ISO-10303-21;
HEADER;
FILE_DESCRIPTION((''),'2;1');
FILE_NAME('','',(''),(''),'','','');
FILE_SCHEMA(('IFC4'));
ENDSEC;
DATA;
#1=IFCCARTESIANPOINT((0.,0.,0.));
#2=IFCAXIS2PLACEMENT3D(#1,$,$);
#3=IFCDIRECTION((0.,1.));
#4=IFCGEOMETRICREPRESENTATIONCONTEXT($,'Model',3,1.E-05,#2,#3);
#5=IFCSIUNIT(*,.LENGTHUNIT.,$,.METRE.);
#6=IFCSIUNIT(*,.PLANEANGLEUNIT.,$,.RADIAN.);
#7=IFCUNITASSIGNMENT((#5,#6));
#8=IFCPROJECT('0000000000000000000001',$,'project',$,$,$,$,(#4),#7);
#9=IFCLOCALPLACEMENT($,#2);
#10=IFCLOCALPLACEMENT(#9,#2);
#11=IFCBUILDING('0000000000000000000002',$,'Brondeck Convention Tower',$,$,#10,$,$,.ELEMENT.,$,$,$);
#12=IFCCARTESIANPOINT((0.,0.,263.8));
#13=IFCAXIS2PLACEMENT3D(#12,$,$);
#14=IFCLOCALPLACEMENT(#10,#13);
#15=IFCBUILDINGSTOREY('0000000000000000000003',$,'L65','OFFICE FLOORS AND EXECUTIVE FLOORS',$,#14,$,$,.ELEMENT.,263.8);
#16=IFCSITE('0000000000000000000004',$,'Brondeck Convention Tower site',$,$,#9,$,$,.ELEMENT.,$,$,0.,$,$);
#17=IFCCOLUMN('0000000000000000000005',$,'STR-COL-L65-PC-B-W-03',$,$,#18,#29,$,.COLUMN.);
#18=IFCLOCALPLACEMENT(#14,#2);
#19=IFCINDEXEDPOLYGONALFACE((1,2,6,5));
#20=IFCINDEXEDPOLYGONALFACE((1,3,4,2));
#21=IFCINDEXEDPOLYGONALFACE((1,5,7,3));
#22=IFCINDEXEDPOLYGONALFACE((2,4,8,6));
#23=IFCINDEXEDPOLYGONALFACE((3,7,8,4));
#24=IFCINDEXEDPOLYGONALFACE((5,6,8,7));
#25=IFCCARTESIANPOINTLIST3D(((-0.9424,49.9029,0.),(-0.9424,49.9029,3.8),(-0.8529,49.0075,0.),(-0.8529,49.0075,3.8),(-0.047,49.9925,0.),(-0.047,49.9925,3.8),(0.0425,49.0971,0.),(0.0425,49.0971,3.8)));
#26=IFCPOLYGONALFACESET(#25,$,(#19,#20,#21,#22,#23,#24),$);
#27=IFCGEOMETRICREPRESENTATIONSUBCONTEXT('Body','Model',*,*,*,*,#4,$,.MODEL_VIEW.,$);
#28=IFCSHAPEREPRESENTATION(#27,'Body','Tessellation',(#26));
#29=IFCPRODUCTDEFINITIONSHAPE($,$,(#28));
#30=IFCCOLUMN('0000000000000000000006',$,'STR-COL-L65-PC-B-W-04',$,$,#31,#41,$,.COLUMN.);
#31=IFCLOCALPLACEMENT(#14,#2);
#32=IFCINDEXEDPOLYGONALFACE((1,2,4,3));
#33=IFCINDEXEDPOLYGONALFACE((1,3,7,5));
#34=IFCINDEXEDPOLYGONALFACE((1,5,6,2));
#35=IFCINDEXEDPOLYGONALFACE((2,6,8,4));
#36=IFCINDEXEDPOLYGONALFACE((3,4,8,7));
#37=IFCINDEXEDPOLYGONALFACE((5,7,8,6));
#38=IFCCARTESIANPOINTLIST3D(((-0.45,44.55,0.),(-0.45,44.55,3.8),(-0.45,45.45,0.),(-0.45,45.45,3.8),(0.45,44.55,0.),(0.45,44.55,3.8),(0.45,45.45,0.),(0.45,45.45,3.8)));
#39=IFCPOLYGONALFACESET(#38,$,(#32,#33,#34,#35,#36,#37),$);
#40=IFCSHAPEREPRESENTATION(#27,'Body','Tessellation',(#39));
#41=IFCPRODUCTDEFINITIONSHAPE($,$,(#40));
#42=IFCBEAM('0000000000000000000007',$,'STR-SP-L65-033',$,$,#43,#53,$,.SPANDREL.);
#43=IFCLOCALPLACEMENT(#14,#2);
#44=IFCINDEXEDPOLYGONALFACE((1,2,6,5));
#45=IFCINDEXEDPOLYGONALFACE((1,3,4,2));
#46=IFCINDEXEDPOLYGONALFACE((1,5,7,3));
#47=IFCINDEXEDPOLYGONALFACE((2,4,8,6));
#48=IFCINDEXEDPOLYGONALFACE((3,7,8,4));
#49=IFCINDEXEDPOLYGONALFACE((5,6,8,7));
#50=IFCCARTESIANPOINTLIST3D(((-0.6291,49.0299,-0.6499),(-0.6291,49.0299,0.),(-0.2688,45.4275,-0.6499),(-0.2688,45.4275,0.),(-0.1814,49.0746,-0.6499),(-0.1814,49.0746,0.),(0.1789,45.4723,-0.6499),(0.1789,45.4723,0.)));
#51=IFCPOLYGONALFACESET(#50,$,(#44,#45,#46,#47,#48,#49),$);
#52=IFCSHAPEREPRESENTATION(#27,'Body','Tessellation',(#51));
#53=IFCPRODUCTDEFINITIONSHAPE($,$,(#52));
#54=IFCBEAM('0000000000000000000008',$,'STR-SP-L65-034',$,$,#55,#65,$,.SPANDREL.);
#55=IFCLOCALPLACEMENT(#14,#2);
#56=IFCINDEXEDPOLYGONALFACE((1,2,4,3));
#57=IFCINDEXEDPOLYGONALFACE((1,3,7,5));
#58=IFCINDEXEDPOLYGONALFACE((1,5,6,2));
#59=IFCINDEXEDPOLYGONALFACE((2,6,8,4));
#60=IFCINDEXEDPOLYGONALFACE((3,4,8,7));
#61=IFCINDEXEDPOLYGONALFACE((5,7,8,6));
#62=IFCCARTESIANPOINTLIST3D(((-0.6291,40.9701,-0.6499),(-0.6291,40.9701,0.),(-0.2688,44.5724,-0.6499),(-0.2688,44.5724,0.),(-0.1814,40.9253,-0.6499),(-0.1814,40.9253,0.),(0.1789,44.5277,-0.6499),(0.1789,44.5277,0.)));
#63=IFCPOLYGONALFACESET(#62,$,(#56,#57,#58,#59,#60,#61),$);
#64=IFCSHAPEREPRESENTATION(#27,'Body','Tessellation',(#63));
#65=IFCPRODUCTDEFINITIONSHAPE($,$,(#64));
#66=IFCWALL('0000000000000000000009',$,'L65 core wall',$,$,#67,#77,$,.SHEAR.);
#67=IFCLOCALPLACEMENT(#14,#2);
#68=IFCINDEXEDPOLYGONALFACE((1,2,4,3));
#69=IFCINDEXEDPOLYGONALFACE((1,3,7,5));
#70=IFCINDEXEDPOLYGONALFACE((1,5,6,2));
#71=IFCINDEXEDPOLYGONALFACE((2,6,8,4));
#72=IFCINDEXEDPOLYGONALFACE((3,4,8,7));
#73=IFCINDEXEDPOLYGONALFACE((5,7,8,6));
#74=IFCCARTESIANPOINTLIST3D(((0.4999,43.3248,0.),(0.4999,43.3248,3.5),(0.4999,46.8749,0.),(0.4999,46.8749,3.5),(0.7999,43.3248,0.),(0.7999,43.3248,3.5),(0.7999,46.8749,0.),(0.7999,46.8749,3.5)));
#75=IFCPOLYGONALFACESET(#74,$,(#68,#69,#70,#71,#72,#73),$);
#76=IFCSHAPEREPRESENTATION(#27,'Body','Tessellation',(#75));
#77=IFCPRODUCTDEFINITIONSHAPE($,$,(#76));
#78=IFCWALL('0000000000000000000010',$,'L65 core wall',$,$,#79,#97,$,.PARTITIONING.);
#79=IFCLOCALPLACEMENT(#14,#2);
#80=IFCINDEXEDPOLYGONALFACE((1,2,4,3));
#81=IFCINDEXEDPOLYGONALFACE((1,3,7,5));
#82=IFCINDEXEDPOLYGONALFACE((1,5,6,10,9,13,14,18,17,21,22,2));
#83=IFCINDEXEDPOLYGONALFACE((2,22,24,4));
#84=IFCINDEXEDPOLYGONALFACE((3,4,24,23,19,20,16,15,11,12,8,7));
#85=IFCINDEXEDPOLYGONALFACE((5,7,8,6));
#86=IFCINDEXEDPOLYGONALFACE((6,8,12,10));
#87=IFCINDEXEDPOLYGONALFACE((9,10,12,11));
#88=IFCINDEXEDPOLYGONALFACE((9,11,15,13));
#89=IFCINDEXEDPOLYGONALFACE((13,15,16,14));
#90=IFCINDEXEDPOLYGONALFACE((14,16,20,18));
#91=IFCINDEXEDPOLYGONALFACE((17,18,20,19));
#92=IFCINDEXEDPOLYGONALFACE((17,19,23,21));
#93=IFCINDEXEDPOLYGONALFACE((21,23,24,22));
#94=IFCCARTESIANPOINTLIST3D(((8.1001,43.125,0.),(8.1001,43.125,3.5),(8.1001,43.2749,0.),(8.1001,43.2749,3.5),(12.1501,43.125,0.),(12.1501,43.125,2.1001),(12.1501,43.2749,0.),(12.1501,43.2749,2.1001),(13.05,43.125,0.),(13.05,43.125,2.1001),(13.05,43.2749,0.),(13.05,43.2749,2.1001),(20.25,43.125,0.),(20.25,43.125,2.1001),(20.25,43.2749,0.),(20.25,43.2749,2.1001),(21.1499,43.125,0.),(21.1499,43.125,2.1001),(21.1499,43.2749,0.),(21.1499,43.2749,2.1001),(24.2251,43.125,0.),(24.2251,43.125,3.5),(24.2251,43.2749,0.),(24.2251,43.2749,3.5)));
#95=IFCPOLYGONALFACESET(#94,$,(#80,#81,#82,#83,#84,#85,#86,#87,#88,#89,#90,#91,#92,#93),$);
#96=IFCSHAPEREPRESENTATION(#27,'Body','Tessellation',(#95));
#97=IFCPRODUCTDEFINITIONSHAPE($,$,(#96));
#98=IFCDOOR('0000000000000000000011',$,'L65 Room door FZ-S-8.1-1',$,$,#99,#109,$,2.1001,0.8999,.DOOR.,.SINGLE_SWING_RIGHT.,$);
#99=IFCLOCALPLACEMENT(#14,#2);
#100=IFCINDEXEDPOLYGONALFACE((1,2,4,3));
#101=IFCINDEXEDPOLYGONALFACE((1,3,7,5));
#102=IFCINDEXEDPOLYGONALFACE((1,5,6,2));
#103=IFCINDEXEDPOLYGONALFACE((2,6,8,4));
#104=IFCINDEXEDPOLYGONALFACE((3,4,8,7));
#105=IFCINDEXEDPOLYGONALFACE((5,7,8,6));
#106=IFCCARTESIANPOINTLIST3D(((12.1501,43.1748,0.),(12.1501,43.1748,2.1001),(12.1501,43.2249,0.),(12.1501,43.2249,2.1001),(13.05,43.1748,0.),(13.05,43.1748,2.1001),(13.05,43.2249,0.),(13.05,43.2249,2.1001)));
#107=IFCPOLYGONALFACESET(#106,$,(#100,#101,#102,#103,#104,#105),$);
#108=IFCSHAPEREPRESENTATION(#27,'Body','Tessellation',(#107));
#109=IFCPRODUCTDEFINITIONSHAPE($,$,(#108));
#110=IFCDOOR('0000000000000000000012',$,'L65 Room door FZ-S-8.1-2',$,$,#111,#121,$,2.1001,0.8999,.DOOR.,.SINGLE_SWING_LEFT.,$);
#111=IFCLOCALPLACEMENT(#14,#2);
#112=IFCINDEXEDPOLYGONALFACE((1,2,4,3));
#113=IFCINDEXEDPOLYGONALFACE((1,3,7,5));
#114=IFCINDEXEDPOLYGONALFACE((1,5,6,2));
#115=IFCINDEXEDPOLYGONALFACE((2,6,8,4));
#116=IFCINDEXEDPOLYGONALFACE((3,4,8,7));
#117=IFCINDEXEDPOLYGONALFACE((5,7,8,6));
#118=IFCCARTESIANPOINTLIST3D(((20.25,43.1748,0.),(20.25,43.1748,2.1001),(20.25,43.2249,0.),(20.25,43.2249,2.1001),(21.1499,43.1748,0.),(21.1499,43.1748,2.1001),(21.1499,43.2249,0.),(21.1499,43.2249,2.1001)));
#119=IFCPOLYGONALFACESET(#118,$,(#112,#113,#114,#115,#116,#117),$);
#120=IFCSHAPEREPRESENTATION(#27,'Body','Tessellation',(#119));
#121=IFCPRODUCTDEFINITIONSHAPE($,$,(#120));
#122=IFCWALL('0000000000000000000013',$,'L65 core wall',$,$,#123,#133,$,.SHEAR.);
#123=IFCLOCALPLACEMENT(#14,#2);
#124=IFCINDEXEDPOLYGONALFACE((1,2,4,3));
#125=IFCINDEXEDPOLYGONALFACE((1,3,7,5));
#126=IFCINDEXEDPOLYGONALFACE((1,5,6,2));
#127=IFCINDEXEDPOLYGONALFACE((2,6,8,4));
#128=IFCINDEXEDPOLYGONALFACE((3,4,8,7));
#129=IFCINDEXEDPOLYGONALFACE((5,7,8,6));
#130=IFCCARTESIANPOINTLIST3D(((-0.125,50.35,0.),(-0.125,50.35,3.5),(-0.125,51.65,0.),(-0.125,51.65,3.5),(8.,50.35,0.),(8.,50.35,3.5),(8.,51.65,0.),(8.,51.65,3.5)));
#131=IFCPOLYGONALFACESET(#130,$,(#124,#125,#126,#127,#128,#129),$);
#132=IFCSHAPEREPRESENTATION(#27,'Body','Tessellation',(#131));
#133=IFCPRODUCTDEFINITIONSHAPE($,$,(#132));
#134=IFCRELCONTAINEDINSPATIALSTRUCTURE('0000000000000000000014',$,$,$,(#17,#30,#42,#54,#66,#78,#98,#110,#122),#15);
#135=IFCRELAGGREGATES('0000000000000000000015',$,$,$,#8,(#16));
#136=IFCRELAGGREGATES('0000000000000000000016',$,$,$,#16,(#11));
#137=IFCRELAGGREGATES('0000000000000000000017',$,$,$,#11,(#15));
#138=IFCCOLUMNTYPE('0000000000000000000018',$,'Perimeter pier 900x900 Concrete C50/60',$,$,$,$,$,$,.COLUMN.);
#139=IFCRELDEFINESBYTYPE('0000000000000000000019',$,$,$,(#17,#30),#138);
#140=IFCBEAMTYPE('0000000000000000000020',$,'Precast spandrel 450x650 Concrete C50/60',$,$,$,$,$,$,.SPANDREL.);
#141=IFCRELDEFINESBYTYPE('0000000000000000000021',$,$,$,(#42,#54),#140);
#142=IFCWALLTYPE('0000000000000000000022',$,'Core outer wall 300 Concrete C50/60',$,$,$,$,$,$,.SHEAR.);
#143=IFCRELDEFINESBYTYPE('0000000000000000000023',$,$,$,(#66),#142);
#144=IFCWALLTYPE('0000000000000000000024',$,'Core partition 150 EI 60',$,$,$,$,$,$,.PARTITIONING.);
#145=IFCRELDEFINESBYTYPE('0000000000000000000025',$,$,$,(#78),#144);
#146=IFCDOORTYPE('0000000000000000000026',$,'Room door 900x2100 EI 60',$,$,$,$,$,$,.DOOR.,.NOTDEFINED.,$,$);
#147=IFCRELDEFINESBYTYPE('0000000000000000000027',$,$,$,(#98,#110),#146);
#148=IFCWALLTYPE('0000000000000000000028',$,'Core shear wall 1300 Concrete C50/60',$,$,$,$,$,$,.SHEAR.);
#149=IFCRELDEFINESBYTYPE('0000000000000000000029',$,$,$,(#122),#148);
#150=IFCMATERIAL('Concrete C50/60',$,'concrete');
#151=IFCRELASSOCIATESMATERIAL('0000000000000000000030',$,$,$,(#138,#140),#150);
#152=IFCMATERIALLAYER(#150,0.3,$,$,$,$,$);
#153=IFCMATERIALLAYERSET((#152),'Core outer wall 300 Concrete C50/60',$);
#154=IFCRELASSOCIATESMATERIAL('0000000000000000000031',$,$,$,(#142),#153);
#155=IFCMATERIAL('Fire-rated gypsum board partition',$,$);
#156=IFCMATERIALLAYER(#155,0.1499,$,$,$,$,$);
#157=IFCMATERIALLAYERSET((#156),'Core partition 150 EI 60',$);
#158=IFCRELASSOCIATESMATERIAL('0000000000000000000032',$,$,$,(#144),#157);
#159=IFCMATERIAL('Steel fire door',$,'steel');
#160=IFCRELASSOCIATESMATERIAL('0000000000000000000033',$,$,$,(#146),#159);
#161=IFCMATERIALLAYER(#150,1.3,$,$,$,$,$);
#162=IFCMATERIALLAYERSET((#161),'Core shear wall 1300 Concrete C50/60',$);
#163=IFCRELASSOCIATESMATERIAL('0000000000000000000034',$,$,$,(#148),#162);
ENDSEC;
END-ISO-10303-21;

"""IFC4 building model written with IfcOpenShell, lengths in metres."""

from ifc_helpers import new_model, si_unit, direction, frame, frame_2d, origin, origin_2d, place, context, subcontext, project, spatial, rectangle, extrude, material, layer, layer_set, material_profile, profile_set, type_object, element, fill, save


model = new_model("IFC4")

# Units and contexts
model_context = context("Model", 3, precision=1e-05, world=origin(), true_north=direction((0.0, 1.0)))
body_context = subcontext(model_context, "Body", "Model", "MODEL_VIEW")
ifc_project = project(units=[si_unit("LENGTHUNIT", "METRE"), si_unit("PLANEANGLEUNIT", "RADIAN")], contexts=[model_context])

# Site, building, storey
site_placement = place(None, origin())
site = spatial("IfcSite", under=ifc_project, at=site_placement, Name="Brondeck Convention Tower site", CompositionType="ELEMENT", RefElevation=0.0)
building_placement = place(site_placement, origin())
building = spatial("IfcBuilding", under=site, at=building_placement, Name="Brondeck Convention Tower", CompositionType="ELEMENT")
storey_placement = place(building_placement, frame((0.0, 0.0, 263.8)))
storey = spatial("IfcBuildingStorey", under=building, at=storey_placement, Name="L65", Description="OFFICE FLOORS AND EXECUTIVE FLOORS", CompositionType="ELEMENT", Elevation=263.8)

# Columns
ifc_material_1 = material(Name="Concrete C50/60", Category="concrete")
ifc_material_profile_1 = material_profile(ifc_material_1, rectangle(XDim=0.8999, YDim=0.8999, at=origin_2d()), Name="Perimeter pier 900x900 Concrete C50/60")
ifc_profile_set_1 = profile_set([ifc_material_profile_1], Name="Concrete C50/60")
column_type = type_object("IfcColumnType", Name="Perimeter pier 900x900 Concrete C50/60", PredefinedType="COLUMN", material=ifc_profile_set_1)
for number, where, z_axis, x_axis, name in (
    (1, (-0.45, 49.5, 0.0), (0.0, 0.0, 1.0), (0.099504, -0.995037, 0.0), "STR-COL-L65-PC-B-W-03"),
    (2, (0.0, 45.0, 0.0), (0.0, 0.0, 1.0), (0.0, -1.0, 0.0), "STR-COL-L65-PC-B-W-04"),
):
    element("IfcColumn", number, at=place(storey_placement, frame(where, z_axis=z_axis, x_axis=x_axis)), inside=storey, type_object=column_type, Name=name, PredefinedType="COLUMN", context=body_context, shape_type="SweptSolid", body=[
        extrude(rectangle(XDim=0.8999, YDim=0.8999, at=origin_2d()), origin(), (0.0, 0.0, 1.0), 3.8),
    ])

# Beams
ifc_material_profile_2 = material_profile(ifc_material_1, rectangle(XDim=0.45, YDim=0.6499, at=origin_2d()), Name="Precast spandrel 450x650 Concrete C50/60")
ifc_profile_set_2 = profile_set([ifc_material_profile_2], Name="Concrete C50/60")
beam_type = type_object("IfcBeamType", Name="Precast spandrel 450x650 Concrete C50/60", PredefinedType="SPANDREL", material=ifc_profile_set_2)
for number, where, z_axis, x_axis, name in (
    (3, (-0.4053, 49.0522, -0.325), (0.099537, -0.995034, 0.0), (0.995034, 0.099537, 0.0), "STR-SP-L65-033"),
    (4, (-0.0449, 44.55, -0.325), (-0.099537, -0.995034, 0.0), (0.995034, -0.099537, 0.0), "STR-SP-L65-034"),
):
    element("IfcBeam", number, at=place(storey_placement, frame(where, z_axis=z_axis, x_axis=x_axis)), inside=storey, type_object=beam_type, Name=name, PredefinedType="SPANDREL", context=body_context, shape_type="SweptSolid", body=[
        extrude(rectangle(XDim=0.45, YDim=0.6499, at=origin_2d()), origin(), (0.0, 0.0, 1.0), 3.6204),
    ])

# Wall
ifc_layer_1 = layer(ifc_material_1, 0.3)
ifc_layer_set_1 = layer_set([ifc_layer_1], Name="Core outer wall 300 Concrete C50/60")
wall_type_1 = type_object("IfcWallType", Name="Core outer wall 300 Concrete C50/60", PredefinedType="SHEAR", material=ifc_layer_set_1)
wall_1_placement = place(storey_placement, frame((0.6499, 43.325, 0.0), z_axis=(0.0, 0.0, 1.0), x_axis=(0.0, 1.0, 0.0)))
element("IfcWall", 5, at=wall_1_placement, inside=storey, type_object=wall_type_1, Name="L65 core wall", PredefinedType="SHEAR", context=body_context, shape_type="SweptSolid", body=[
    extrude(rectangle(XDim=3.55, YDim=0.3, at=frame_2d((1.7749, 0.0))), origin(), (0.0, 0.0, 1.0), 3.5),
])

# Wall, openings, doors
ifc_material_2 = material(Name="Fire-rated gypsum board partition")
ifc_layer_2 = layer(ifc_material_2, 0.1499)
ifc_layer_set_2 = layer_set([ifc_layer_2], Name="Core partition 150 EI 60")
wall_type_2 = type_object("IfcWallType", Name="Core partition 150 EI 60", PredefinedType="PARTITIONING", material=ifc_layer_set_2)
wall_2_placement = place(storey_placement, frame((8.1001, 43.2, 0.0), z_axis=(0.0, 0.0, 1.0), x_axis=(1.0, 0.0, 0.0)))
wall_2 = element("IfcWall", 6, at=wall_2_placement, inside=storey, type_object=wall_type_2, Name="L65 core wall", PredefinedType="PARTITIONING", context=body_context, shape_type="SweptSolid", body=[
    extrude(rectangle(XDim=16.125, YDim=0.1499, at=frame_2d((8.0625, 0.0))), origin(), (0.0, 0.0, 1.0), 3.5),
])
opening_1_placement = place(wall_2_placement, frame((4.05, 0.0, 0.0)))
opening_1 = element("IfcOpeningElement", 7, at=opening_1_placement, cuts=wall_2, PredefinedType="OPENING", context=body_context, shape_type="SweptSolid", body=[
    extrude(rectangle(XDim=0.8999, YDim=2.1001, at=frame_2d((0.45, 1.05))), frame((0.0, 0.085, 0.0), z_axis=(0.0, -1.0, 0.0), x_axis=(1.0, 0.0, 0.0)), (0.0, 0.0, 1.0), 0.1699),
])
opening_2_placement = place(wall_2_placement, frame((12.1499, 0.0, 0.0)))
opening_2 = element("IfcOpeningElement", 8, at=opening_2_placement, cuts=wall_2, PredefinedType="OPENING", context=body_context, shape_type="SweptSolid", body=[
    extrude(rectangle(XDim=0.8999, YDim=2.1001, at=frame_2d((0.45, 1.05))), frame((0.0, 0.085, 0.0), z_axis=(0.0, -1.0, 0.0), x_axis=(1.0, 0.0, 0.0)), (0.0, 0.0, 1.0), 0.1699),
])
ifc_material_3 = material(Name="Steel fire door", Category="steel")
door_type_1 = type_object("IfcDoorType", Name="Room door 900x2100 EI 60", OperationType="NOTDEFINED", PredefinedType="DOOR", material=ifc_material_3)
door_1_placement = place(opening_1_placement, origin())
door_1 = element("IfcDoor", 9, at=door_1_placement, inside=storey, type_object=door_type_1, Name="L65 Room door FZ-S-8.1-1", OperationType="SINGLE_SWING_RIGHT", OverallHeight=2.1001, OverallWidth=0.8999, PredefinedType="DOOR", context=body_context, shape_type="SweptSolid", body=[
    extrude(rectangle(XDim=0.8999, YDim=2.1001, at=frame_2d((0.45, 1.05))), frame((0.0, 0.0249, 0.0), z_axis=(0.0, -1.0, 0.0), x_axis=(1.0, 0.0, 0.0)), (0.0, 0.0, 1.0), 0.05),
])
fill(opening_1, door_1)
door_2_placement = place(opening_2_placement, origin())
door_2 = element("IfcDoor", 10, at=door_2_placement, inside=storey, type_object=door_type_1, Name="L65 Room door FZ-S-8.1-2", OperationType="SINGLE_SWING_LEFT", OverallHeight=2.1001, OverallWidth=0.8999, PredefinedType="DOOR", context=body_context, shape_type="SweptSolid", body=[
    extrude(rectangle(XDim=0.8999, YDim=2.1001, at=frame_2d((0.45, 1.05))), frame((0.0, 0.0249, 0.0), z_axis=(0.0, -1.0, 0.0), x_axis=(1.0, 0.0, 0.0)), (0.0, 0.0, 1.0), 0.05),
])
fill(opening_2, door_2)

# Wall
ifc_layer_3 = layer(ifc_material_1, 1.3)
ifc_layer_set_3 = layer_set([ifc_layer_3], Name="Core shear wall 1300 Concrete C50/60")
wall_type_3 = type_object("IfcWallType", Name="Core shear wall 1300 Concrete C50/60", PredefinedType="SHEAR", material=ifc_layer_set_3)
wall_3_placement = place(storey_placement, frame((-0.125, 51.0, 0.0), z_axis=(0.0, 0.0, 1.0), x_axis=(1.0, 0.0, 0.0)))
element("IfcWall", 11, at=wall_3_placement, inside=storey, type_object=wall_type_3, Name="L65 core wall", PredefinedType="SHEAR", context=body_context, shape_type="SweptSolid", body=[
    extrude(rectangle(XDim=8.125, YDim=1.3, at=frame_2d((4.0625, 0.0))), origin(), (0.0, 0.0, 1.0), 3.5),
])

save(model, "model.ifc")
